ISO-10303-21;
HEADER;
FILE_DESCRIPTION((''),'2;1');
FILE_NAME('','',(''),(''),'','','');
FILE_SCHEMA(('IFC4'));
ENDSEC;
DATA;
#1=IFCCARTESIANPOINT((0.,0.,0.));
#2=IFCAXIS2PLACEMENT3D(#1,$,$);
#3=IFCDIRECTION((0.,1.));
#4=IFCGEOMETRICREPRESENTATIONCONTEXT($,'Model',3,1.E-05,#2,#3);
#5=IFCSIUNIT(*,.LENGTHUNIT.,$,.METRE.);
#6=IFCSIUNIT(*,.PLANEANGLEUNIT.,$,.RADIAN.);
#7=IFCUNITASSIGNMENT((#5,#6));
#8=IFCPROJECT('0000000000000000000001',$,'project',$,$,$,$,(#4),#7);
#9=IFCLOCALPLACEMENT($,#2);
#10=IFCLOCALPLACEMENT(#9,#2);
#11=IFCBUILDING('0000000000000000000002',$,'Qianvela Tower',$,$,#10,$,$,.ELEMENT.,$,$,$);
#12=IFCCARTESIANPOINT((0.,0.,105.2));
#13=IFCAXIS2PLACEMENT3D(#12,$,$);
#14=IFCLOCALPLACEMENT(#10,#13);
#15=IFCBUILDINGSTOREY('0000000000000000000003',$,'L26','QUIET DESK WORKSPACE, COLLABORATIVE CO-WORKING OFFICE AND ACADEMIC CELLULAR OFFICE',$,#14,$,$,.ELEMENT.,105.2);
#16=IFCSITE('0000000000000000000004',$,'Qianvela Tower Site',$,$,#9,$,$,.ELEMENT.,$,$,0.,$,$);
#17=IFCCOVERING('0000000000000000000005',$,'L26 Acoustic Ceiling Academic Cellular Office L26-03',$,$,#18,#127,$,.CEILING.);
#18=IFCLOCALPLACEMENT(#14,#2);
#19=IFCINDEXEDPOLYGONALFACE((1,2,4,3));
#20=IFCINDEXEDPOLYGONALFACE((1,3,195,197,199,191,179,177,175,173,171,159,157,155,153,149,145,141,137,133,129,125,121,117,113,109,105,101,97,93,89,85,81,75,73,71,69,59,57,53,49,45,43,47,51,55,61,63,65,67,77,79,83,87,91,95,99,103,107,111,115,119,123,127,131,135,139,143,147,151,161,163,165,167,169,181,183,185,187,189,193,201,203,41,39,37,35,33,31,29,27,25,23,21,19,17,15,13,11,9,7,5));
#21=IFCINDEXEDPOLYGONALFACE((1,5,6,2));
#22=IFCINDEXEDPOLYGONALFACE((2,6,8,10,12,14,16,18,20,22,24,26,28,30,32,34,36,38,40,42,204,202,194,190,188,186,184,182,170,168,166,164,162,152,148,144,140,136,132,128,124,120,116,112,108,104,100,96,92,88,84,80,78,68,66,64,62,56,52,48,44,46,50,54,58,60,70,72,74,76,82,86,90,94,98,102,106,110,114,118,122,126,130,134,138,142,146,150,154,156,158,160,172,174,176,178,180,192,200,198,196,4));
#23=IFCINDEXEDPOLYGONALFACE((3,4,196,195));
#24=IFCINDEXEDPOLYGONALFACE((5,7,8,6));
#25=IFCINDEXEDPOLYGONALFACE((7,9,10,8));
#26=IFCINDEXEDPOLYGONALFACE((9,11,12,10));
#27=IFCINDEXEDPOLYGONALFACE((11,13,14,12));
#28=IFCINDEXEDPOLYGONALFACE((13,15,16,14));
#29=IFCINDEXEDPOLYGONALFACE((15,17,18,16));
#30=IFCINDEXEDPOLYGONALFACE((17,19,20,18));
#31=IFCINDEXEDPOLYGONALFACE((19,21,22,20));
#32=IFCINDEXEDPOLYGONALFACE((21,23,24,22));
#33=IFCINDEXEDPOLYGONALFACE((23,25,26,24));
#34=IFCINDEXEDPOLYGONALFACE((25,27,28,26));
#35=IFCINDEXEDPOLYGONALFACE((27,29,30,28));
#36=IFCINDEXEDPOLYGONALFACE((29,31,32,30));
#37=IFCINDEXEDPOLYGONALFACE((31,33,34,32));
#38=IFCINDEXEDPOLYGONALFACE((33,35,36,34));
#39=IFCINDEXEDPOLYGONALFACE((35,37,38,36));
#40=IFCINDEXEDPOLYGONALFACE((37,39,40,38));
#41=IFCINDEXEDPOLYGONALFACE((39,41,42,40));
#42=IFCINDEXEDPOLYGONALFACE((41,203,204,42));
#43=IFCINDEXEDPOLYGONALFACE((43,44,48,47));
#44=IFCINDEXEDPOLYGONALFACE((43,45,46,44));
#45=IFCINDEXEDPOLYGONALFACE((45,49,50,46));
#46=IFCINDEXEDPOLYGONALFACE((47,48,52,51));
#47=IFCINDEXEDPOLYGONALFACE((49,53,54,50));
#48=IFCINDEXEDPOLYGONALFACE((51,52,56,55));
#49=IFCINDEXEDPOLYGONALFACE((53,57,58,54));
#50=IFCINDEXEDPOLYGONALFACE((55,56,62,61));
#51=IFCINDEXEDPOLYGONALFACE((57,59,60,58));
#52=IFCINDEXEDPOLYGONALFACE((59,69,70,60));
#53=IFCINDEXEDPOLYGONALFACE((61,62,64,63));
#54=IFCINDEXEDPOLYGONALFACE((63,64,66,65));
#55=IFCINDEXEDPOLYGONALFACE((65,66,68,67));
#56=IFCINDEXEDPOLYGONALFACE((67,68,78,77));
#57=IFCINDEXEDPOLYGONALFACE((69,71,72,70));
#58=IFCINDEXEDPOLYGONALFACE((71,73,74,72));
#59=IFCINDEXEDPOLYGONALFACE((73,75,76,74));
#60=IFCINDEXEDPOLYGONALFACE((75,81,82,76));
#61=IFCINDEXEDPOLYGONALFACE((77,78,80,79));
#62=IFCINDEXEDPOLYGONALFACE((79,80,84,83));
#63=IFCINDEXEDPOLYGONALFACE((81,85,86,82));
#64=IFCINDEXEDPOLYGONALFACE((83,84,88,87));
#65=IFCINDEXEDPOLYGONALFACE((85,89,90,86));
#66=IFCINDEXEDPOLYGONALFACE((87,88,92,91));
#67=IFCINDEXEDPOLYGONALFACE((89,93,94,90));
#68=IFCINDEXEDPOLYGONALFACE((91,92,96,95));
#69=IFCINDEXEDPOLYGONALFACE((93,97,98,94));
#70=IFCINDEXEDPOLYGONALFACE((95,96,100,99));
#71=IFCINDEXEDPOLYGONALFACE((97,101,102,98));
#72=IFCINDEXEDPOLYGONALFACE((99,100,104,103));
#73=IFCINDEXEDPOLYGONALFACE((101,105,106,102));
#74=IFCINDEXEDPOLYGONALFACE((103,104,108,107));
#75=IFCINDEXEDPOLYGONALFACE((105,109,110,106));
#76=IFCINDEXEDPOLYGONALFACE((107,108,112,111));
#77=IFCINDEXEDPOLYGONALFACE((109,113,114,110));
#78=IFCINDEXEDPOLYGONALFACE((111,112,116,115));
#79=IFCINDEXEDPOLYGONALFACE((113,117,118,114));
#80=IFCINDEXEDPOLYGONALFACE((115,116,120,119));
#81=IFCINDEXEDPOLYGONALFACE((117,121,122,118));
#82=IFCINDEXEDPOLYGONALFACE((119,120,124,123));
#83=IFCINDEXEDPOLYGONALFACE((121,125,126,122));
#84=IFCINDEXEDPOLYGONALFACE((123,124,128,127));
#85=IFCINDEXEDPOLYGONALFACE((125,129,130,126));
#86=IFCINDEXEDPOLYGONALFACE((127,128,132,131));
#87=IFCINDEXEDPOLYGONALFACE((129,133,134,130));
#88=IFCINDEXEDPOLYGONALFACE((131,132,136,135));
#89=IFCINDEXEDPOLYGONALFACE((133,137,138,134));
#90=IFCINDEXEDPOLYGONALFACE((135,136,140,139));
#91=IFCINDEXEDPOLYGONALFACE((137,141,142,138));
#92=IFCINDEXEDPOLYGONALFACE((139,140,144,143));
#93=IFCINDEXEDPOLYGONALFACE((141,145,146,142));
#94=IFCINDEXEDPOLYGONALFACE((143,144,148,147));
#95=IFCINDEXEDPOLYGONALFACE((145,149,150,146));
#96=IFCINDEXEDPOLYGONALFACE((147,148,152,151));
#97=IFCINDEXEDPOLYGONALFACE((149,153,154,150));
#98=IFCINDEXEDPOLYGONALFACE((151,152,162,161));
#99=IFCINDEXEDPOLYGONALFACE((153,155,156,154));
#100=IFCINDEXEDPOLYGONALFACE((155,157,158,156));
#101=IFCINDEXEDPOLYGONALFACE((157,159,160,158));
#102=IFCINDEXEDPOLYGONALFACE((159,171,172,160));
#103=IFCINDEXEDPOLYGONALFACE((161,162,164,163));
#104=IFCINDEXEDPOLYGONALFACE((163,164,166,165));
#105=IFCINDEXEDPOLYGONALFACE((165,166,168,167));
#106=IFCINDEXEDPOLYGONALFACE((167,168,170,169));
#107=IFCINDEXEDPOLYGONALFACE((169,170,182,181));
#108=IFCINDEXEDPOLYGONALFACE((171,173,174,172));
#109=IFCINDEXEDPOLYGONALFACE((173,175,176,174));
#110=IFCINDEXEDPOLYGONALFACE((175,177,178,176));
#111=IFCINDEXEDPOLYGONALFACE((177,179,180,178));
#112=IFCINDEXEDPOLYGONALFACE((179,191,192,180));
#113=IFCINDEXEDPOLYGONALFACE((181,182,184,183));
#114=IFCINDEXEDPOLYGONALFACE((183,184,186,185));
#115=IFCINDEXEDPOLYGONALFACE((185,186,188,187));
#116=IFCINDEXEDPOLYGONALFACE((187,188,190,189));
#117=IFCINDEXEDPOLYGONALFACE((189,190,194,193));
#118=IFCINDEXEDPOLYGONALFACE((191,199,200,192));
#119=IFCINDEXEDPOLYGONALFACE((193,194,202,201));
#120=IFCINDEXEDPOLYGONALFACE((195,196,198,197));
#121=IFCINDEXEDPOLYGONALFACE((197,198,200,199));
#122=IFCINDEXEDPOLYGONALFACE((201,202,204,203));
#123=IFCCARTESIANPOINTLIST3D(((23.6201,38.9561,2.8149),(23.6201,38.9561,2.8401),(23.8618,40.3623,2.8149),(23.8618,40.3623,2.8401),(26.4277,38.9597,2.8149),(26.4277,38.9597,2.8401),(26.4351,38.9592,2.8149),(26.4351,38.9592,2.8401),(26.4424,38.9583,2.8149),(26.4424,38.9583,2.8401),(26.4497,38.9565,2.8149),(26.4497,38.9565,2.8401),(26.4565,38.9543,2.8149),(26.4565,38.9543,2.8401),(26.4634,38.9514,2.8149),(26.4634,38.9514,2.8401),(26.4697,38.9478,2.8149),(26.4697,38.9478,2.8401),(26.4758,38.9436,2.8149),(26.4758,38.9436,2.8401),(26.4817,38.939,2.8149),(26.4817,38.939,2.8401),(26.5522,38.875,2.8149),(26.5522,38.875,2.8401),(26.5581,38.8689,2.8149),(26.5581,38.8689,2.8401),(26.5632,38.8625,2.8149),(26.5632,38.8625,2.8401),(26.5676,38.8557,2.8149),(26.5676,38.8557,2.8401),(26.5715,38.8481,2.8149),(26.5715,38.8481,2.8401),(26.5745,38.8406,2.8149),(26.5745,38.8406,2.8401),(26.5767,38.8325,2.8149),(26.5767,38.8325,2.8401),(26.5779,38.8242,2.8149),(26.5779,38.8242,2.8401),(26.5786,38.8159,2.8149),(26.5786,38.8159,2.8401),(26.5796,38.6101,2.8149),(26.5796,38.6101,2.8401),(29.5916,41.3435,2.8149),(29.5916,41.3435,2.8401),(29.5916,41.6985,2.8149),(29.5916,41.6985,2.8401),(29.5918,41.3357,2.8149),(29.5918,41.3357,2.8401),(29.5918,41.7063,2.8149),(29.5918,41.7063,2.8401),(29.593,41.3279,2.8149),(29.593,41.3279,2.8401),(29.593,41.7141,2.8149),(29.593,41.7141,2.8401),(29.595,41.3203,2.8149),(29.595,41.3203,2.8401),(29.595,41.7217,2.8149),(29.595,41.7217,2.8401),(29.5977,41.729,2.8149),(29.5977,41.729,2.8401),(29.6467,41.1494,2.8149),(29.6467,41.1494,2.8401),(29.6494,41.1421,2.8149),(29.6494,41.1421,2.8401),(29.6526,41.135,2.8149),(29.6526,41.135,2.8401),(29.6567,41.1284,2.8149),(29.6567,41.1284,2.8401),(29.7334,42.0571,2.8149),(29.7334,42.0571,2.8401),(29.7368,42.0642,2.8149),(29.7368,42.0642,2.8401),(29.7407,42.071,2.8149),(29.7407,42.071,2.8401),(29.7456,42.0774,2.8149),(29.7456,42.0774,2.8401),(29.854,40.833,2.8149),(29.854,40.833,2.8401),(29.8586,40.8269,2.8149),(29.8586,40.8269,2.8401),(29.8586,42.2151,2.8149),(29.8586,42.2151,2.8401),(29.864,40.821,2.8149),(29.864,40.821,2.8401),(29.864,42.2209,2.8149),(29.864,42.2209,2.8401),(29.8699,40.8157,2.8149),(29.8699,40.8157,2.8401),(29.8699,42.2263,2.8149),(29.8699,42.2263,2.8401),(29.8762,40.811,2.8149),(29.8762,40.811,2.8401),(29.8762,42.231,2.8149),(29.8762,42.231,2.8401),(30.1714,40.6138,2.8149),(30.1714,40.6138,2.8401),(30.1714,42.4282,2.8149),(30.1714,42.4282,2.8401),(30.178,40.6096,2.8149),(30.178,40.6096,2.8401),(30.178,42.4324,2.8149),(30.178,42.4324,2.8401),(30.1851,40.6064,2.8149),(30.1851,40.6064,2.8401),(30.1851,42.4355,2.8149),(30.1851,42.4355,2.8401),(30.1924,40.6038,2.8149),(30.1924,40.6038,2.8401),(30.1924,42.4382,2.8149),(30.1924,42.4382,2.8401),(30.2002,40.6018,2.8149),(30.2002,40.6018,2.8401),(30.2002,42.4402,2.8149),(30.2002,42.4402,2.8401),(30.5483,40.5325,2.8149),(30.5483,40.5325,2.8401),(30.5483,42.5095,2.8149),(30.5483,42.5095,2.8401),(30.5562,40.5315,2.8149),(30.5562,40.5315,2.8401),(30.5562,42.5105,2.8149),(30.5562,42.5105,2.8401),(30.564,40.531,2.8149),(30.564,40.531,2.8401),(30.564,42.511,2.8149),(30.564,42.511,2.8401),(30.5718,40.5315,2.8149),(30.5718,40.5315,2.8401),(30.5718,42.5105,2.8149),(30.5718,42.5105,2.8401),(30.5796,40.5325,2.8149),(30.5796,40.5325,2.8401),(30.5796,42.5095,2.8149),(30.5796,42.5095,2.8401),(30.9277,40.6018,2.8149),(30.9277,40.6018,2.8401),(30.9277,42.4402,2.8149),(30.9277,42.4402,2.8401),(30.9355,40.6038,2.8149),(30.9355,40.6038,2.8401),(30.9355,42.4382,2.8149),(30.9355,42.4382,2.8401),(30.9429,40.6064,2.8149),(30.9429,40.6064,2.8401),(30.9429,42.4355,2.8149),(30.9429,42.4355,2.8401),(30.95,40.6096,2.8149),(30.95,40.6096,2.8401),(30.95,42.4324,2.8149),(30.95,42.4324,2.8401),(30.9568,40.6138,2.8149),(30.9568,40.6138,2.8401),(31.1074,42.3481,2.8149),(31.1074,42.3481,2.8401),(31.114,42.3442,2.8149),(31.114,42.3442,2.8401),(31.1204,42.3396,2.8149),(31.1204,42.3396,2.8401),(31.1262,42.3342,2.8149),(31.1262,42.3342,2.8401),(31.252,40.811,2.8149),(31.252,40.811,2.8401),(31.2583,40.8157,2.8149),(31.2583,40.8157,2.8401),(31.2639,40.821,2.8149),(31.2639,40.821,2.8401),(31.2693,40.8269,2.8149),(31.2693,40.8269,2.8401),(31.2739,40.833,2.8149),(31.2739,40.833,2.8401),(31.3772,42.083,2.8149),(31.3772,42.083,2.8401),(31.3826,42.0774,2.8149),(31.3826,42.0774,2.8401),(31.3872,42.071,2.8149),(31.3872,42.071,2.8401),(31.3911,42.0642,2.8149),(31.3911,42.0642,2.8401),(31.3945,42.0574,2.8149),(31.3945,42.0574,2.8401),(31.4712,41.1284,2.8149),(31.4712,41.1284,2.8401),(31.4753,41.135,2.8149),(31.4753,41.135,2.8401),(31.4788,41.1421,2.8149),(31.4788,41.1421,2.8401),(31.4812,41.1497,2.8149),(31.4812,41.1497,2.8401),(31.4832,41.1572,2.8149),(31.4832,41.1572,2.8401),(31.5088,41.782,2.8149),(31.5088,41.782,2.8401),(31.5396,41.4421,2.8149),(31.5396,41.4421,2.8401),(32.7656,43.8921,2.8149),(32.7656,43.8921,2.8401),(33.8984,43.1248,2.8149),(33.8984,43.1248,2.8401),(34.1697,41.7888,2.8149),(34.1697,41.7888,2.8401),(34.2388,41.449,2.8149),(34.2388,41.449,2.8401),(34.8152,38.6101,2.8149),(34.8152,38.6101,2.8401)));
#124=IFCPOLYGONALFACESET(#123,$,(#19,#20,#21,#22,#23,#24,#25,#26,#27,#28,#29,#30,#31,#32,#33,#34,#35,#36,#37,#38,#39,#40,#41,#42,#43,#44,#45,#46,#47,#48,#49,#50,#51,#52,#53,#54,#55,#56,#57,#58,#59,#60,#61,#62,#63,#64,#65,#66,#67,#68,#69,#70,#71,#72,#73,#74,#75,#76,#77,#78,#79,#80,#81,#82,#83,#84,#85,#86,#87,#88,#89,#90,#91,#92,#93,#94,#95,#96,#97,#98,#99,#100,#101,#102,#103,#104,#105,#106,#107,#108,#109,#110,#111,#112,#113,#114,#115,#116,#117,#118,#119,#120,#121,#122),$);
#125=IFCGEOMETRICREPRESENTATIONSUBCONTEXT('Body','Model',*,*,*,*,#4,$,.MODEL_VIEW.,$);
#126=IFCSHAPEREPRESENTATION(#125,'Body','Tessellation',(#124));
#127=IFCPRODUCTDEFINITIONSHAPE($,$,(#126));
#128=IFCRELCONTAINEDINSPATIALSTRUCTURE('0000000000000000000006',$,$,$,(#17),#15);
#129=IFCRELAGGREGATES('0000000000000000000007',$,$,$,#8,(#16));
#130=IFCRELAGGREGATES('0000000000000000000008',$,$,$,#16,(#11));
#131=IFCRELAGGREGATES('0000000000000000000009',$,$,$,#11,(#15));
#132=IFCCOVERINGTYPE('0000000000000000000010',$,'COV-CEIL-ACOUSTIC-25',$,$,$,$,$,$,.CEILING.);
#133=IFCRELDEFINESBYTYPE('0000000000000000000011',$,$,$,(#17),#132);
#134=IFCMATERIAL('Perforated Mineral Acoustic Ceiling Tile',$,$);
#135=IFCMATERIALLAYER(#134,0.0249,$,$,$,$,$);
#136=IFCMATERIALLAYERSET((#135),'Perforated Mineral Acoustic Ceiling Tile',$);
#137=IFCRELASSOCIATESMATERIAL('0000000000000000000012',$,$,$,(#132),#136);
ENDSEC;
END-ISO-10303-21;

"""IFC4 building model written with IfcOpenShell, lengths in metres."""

from ifc_helpers import new_model, si_unit, direction, frame, origin, place, context, subcontext, project, spatial, polyline, outline, extrude, material, layer, layer_set, type_object, element, save


model = new_model("IFC4")

# Units and contexts
model_context = context("Model", 3, precision=1e-05, world=origin(), true_north=direction((0.0, 1.0)))
body_context = subcontext(model_context, "Body", "Model", "MODEL_VIEW")
ifc_project = project(units=[si_unit("LENGTHUNIT", "METRE"), si_unit("PLANEANGLEUNIT", "RADIAN")], contexts=[model_context])

# Site, building, storey
site_placement = place(None, origin())
site = spatial("IfcSite", under=ifc_project, at=site_placement, Name="Qianvela Tower Site", CompositionType="ELEMENT", RefElevation=0.0)
building_placement = place(site_placement, origin())
building = spatial("IfcBuilding", under=site, at=building_placement, Name="Qianvela Tower", CompositionType="ELEMENT")
storey_placement = place(building_placement, frame((0.0, 0.0, 105.2)))
storey = spatial("IfcBuildingStorey", under=building, at=storey_placement, Name="L26", Description="QUIET DESK WORKSPACE, COLLABORATIVE CO-WORKING OFFICE AND ACADEMIC CELLULAR OFFICE", CompositionType="ELEMENT", Elevation=105.2)

# Covering
ifc_material_1 = material(Name="Perforated Mineral Acoustic Ceiling Tile")
ifc_layer_1 = layer(ifc_material_1, 0.0249)
ifc_layer_set_1 = layer_set([ifc_layer_1], Name="Perforated Mineral Acoustic Ceiling Tile")
covering_type_1 = type_object("IfcCoveringType", Name="COV-CEIL-ACOUSTIC-25", PredefinedType="CEILING", material=ifc_layer_set_1)
covering_1_placement = place(storey_placement, frame((0.0, 0.0, 2.8149)))
element("IfcCovering", 1, at=covering_1_placement, inside=storey, type_object=covering_type_1, Name="L26 Acoustic Ceiling Academic Cellular Office L26-03", PredefinedType="CEILING", context=body_context, shape_type="SweptSolid", body=[
    extrude(outline(polyline([(26.5796, 38.6101), (26.5786, 38.8159), (26.5779, 38.8242), (26.5767, 38.8325), (26.5745, 38.8406), (26.5715, 38.8481), (26.5676, 38.8557), (26.5632, 38.8625), (26.5581, 38.8689), (26.5522, 38.875), (26.4817, 38.939), (26.4758, 38.9436), (26.4697, 38.9478), (26.4634, 38.9514), (26.4565, 38.9543), (26.4497, 38.9565), (26.4424, 38.9583), (26.4351, 38.9592), (26.4277, 38.9597), (23.6201, 38.9561), (23.8618, 40.3623), (32.7656, 43.8921), (33.8984, 43.1248), (34.1697, 41.7888), (31.5088, 41.782), (31.3945, 42.0574), (31.3911, 42.0642), (31.3872, 42.071), (31.3826, 42.0774), (31.3772, 42.083), (31.1262, 42.3342), (31.1204, 42.3396), (31.114, 42.3442), (31.1074, 42.3481), (30.95, 42.4324), (30.9429, 42.4355), (30.9355, 42.4382), (30.9277, 42.4402), (30.5796, 42.5095), (30.5718, 42.5105), (30.564, 42.511), (30.5562, 42.5105), (30.5483, 42.5095), (30.2002, 42.4402), (30.1924, 42.4382), (30.1851, 42.4355), (30.178, 42.4324), (30.1714, 42.4282), (29.8762, 42.231), (29.8699, 42.2263), (29.864, 42.2209), (29.8586, 42.2151), (29.7456, 42.0774), (29.7407, 42.071), (29.7368, 42.0642), (29.7334, 42.0571), (29.5977, 41.729), (29.595, 41.7217), (29.593, 41.7141), (29.5918, 41.7063), (29.5916, 41.6985), (29.5916, 41.3435), (29.5918, 41.3357), (29.593, 41.3279), (29.595, 41.3203), (29.6467, 41.1494), (29.6494, 41.1421), (29.6526, 41.135), (29.6567, 41.1284), (29.854, 40.833), (29.8586, 40.8269), (29.864, 40.821), (29.8699, 40.8157), (29.8762, 40.811), (30.1714, 40.6138), (30.178, 40.6096), (30.1851, 40.6064), (30.1924, 40.6038), (30.2002, 40.6018), (30.5483, 40.5325), (30.5562, 40.5315), (30.564, 40.531), (30.5718, 40.5315), (30.5796, 40.5325), (30.9277, 40.6018), (30.9355, 40.6038), (30.9429, 40.6064), (30.95, 40.6096), (30.9568, 40.6138), (31.252, 40.811), (31.2583, 40.8157), (31.2639, 40.821), (31.2693, 40.8269), (31.2739, 40.833), (31.4712, 41.1284), (31.4753, 41.135), (31.4788, 41.1421), (31.4812, 41.1497), (31.4832, 41.1572), (31.5396, 41.4421), (34.2388, 41.449), (34.8152, 38.6101), (26.5796, 38.6101)])), origin(), (0.0, 0.0, 1.0), 0.0251),
])

save(model, "model.ifc")
